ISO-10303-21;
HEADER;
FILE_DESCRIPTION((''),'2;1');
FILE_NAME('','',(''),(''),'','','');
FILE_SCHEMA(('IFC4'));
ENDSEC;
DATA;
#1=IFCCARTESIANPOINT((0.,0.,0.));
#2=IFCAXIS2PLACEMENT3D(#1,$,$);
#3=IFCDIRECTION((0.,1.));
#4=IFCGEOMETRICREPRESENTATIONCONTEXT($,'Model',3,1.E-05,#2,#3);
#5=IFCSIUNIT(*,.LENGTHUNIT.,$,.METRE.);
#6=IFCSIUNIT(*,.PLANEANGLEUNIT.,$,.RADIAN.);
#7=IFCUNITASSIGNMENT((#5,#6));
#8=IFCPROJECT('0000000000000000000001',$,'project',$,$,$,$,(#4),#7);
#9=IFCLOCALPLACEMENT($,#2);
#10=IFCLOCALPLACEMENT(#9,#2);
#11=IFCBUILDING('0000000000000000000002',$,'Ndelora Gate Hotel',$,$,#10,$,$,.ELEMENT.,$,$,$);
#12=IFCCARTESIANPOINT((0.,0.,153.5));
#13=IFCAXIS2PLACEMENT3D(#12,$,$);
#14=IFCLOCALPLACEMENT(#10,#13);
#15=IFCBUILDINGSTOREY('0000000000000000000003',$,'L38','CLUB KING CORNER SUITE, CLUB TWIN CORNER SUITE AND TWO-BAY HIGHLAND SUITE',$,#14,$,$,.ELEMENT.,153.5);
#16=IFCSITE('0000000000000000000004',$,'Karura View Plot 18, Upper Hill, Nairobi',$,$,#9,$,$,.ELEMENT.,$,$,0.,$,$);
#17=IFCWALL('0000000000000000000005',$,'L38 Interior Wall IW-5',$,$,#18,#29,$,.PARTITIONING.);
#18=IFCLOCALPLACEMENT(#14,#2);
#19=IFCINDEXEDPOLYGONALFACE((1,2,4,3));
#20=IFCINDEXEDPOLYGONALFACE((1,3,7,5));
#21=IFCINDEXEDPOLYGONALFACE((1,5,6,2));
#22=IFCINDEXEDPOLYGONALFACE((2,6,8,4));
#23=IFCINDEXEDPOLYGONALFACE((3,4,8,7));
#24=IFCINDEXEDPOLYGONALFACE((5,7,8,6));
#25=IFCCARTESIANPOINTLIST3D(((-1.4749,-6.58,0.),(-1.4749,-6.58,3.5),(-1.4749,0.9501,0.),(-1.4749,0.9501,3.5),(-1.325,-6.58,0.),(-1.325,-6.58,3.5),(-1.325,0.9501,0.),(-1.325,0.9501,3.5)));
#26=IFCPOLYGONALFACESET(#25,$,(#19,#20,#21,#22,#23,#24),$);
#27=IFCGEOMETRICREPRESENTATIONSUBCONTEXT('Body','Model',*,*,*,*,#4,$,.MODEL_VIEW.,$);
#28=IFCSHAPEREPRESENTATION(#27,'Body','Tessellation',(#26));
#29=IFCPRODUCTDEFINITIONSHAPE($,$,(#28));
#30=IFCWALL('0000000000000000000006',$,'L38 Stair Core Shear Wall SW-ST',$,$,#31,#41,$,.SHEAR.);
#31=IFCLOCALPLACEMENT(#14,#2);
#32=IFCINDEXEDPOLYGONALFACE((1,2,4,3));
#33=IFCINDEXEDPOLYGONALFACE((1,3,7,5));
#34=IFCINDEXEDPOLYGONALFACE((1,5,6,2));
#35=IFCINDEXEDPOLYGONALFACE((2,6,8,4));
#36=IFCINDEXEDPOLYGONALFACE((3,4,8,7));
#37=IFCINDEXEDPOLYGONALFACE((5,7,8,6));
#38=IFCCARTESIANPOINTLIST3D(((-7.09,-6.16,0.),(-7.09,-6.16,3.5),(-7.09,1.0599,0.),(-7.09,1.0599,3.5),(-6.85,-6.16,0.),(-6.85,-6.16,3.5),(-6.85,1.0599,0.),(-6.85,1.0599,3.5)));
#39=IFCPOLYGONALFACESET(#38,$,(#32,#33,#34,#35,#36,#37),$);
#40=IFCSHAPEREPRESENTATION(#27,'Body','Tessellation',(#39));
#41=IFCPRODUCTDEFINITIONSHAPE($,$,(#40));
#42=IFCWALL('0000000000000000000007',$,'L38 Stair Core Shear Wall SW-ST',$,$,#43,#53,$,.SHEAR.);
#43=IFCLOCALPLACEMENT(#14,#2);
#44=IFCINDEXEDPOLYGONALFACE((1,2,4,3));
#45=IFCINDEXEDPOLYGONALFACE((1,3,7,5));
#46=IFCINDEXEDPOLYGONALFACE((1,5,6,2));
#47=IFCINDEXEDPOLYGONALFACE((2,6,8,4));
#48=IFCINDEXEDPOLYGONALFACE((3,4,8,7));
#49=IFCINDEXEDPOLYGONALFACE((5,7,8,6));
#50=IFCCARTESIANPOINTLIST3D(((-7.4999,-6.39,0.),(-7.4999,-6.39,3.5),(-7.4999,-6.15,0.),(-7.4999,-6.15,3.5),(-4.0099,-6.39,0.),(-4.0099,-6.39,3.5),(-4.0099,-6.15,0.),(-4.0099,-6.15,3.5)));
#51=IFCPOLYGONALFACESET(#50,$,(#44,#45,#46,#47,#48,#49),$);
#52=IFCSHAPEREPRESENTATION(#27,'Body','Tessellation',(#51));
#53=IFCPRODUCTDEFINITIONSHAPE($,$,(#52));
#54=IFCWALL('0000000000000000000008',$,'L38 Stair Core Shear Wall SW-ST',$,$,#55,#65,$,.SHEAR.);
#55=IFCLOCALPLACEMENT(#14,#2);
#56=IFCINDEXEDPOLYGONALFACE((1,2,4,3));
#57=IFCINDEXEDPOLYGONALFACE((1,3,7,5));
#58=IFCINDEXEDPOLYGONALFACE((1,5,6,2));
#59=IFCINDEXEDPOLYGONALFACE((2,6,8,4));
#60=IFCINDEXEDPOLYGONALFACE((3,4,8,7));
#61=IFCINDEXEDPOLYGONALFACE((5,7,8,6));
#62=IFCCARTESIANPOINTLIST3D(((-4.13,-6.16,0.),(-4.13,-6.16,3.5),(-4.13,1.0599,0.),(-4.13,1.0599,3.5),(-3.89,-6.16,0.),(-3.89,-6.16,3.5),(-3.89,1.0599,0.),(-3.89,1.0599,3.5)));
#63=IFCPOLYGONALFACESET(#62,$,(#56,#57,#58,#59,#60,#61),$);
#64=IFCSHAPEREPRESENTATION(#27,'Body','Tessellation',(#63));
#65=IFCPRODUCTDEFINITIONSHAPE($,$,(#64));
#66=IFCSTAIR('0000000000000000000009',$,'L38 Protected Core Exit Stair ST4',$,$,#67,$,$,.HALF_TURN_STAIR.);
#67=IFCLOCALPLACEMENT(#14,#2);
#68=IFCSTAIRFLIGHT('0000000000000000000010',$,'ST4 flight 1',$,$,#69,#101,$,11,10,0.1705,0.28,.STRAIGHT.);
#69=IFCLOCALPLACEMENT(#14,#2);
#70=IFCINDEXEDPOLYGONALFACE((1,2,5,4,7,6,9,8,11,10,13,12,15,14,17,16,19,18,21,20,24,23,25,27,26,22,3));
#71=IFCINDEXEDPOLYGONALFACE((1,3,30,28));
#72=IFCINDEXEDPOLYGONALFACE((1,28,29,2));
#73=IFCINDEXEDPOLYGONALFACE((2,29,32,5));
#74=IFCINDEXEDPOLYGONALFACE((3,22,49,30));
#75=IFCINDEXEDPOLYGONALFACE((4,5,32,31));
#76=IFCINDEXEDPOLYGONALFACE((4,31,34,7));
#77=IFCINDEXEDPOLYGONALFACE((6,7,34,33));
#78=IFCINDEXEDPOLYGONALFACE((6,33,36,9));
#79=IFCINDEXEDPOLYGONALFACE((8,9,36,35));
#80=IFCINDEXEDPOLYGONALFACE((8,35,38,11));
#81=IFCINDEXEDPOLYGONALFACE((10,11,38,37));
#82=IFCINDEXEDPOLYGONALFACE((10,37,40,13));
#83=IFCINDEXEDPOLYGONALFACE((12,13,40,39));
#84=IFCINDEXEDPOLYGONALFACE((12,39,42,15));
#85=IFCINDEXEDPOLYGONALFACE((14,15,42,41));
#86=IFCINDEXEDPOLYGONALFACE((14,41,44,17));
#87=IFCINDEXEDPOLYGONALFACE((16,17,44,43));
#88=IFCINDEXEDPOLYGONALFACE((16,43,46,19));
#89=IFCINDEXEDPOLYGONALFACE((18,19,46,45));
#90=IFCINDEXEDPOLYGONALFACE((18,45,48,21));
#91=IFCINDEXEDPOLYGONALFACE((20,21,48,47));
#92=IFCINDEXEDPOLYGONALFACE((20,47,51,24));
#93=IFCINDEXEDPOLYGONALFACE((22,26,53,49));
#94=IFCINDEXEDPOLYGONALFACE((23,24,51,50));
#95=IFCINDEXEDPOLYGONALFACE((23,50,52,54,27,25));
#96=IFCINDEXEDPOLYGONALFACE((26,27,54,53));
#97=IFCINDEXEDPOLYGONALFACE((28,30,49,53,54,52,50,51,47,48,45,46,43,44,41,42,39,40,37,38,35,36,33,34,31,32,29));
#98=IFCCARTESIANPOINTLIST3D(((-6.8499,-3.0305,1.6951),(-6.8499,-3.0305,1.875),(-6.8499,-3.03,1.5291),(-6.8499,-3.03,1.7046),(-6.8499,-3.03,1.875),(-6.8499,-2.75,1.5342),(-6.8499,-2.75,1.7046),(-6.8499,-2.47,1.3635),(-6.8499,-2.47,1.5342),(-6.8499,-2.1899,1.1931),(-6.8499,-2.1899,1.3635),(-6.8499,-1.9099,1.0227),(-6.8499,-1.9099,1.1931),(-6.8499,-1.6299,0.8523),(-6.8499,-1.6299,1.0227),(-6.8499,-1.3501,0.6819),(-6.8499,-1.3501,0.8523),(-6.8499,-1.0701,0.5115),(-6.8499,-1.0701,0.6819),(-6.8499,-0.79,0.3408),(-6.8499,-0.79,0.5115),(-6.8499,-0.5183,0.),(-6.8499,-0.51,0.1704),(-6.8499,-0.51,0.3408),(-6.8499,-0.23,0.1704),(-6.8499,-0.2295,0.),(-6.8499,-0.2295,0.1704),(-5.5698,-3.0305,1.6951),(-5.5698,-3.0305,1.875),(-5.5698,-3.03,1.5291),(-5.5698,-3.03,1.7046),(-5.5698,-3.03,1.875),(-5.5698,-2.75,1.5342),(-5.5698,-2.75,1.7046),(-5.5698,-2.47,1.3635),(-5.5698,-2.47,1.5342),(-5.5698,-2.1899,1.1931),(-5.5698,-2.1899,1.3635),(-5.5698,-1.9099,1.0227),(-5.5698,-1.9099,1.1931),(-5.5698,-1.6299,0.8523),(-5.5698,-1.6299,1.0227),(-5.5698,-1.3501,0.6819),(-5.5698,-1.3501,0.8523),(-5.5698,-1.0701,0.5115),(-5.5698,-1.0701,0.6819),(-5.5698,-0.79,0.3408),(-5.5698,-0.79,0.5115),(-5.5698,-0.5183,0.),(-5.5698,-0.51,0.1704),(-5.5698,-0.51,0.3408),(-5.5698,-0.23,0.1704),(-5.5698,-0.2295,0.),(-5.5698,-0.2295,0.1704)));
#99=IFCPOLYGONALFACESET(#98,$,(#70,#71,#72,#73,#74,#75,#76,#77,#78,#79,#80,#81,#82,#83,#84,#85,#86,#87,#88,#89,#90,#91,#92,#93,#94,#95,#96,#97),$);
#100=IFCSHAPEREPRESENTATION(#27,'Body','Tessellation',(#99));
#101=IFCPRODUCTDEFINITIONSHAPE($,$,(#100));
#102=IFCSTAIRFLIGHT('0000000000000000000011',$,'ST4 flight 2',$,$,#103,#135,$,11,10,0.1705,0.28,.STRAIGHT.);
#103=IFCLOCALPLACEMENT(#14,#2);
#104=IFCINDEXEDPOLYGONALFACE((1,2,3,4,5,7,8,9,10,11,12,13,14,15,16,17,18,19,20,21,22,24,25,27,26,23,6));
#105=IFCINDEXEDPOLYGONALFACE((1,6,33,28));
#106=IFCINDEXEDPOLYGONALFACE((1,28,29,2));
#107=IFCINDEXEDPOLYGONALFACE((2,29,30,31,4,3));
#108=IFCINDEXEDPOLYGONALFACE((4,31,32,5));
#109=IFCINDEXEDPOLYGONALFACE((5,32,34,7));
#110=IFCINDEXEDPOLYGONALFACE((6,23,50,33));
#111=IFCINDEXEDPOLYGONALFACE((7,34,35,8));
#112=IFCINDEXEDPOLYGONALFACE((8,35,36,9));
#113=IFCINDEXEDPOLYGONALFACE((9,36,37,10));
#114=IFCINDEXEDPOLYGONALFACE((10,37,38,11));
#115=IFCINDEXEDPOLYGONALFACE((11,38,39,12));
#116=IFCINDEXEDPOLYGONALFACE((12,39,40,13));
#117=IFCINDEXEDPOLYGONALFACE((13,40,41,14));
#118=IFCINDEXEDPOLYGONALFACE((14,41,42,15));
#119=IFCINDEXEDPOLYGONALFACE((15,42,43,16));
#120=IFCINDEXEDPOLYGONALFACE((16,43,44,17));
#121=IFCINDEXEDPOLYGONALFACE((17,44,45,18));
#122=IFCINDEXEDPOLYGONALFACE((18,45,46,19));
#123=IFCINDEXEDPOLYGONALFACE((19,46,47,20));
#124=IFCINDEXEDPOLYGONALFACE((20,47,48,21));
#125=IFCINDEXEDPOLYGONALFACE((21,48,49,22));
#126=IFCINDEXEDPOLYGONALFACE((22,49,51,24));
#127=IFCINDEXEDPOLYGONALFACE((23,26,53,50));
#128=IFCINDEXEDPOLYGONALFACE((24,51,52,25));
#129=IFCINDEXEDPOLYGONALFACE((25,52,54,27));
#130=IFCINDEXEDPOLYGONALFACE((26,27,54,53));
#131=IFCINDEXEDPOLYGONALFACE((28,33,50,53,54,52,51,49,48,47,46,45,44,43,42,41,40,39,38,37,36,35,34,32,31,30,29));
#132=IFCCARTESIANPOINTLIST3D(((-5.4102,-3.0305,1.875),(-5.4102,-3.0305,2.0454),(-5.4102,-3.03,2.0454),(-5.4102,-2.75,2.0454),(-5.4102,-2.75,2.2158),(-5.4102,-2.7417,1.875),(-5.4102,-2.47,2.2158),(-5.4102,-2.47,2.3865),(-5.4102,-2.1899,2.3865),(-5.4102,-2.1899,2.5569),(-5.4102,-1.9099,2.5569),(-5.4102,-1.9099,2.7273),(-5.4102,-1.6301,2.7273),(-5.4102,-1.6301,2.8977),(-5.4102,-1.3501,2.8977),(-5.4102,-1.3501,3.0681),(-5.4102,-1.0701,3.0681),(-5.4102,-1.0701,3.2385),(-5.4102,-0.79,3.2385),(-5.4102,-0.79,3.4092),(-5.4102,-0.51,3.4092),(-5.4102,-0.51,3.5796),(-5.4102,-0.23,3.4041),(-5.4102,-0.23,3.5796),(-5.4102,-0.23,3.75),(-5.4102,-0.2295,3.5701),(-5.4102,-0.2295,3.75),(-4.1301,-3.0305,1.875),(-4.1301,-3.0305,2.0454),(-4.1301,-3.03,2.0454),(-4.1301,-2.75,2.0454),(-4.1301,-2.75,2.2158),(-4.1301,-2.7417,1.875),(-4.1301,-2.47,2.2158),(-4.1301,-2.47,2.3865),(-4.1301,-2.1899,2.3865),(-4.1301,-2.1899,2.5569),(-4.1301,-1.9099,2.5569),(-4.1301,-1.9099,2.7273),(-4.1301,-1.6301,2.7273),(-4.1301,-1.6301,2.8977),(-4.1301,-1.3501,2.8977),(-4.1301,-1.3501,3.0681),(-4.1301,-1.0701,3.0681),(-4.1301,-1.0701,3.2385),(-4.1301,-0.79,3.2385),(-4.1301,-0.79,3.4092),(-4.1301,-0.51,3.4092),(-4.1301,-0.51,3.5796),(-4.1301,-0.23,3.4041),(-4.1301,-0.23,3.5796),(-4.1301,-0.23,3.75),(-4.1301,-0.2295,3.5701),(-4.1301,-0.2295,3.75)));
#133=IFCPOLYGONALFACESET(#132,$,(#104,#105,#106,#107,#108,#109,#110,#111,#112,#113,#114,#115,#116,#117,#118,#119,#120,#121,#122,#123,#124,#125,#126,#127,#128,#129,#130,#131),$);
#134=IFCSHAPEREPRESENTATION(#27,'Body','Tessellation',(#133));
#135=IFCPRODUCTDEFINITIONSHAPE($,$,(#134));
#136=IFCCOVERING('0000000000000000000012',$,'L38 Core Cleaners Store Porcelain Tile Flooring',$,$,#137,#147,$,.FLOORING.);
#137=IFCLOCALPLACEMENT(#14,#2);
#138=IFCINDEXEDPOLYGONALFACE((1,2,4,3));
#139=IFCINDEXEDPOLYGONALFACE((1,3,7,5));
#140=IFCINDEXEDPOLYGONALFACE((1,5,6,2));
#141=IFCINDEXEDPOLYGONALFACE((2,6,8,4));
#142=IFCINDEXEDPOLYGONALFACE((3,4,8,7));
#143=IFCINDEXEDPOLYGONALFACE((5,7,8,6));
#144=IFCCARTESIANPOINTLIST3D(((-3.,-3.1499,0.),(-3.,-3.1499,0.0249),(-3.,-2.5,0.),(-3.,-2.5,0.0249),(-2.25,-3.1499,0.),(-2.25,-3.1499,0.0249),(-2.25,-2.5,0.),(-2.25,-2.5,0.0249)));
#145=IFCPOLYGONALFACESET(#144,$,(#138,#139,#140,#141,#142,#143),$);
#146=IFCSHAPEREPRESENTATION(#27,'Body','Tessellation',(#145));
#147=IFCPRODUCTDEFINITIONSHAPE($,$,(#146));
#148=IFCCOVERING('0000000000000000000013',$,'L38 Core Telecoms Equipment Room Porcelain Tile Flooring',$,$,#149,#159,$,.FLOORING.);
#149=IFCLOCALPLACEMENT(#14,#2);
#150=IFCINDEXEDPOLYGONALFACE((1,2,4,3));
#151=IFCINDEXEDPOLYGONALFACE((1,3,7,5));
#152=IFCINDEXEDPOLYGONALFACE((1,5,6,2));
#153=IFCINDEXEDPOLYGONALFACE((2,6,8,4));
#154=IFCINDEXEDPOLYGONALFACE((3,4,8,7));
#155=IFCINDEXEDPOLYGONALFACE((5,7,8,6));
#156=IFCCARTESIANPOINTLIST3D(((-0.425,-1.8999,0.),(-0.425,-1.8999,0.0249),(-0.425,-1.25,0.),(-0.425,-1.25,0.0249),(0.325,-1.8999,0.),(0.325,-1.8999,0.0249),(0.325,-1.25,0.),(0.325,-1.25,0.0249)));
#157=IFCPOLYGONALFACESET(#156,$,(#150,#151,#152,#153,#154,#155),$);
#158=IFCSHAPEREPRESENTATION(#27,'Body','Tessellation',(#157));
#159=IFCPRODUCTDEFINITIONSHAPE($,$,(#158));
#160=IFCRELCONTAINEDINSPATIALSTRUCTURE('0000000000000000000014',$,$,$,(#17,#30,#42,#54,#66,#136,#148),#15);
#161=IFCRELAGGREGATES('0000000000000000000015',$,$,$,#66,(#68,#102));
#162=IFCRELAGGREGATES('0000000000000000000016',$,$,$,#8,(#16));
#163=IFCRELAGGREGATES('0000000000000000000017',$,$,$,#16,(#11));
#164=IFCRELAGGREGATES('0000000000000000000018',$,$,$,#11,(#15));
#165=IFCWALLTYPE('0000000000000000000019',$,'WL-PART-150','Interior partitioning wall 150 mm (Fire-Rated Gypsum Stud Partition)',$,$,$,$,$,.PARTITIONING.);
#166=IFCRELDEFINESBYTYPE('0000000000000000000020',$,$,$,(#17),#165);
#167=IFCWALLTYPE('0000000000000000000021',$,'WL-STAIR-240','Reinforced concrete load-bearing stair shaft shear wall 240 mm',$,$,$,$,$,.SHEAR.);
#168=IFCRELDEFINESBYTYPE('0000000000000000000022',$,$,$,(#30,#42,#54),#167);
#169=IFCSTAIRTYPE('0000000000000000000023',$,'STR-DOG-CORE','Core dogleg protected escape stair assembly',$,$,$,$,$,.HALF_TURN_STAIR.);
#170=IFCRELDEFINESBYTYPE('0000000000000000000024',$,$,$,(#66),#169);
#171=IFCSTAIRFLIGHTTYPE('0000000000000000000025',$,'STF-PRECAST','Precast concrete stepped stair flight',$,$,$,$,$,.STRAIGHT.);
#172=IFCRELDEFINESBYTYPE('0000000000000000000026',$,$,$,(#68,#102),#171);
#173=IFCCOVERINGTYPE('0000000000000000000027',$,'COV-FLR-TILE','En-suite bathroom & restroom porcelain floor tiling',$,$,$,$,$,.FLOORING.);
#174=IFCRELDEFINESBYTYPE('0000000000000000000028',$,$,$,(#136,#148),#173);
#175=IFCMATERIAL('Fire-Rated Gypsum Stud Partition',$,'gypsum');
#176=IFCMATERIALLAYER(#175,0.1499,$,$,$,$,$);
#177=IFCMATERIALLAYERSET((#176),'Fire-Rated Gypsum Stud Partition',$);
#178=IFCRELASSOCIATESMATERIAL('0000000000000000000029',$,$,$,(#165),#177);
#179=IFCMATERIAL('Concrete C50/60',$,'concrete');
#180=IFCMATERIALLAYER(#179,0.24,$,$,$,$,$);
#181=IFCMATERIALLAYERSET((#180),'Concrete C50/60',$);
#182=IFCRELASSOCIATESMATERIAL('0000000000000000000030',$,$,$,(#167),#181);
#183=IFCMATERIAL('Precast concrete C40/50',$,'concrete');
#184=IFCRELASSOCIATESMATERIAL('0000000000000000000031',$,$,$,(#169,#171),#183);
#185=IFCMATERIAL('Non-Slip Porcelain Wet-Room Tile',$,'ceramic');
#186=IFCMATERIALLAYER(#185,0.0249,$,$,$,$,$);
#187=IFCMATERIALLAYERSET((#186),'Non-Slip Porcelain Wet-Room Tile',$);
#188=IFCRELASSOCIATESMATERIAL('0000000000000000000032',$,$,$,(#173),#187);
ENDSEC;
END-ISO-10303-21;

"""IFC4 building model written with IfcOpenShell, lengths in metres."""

from ifc_helpers import new_model, si_unit, direction, frame, frame_2d, origin, origin_2d, place, context, subcontext, project, spatial, polyline, rectangle, outline, extrude, material, layer, layer_set, type_object, element, aggregate, save


model = new_model("IFC4")

# Units and contexts
model_context = context("Model", 3, precision=1e-05, world=origin(), true_north=direction((0.0, 1.0)))
body_context = subcontext(model_context, "Body", "Model", "MODEL_VIEW")
ifc_project = project(units=[si_unit("LENGTHUNIT", "METRE"), si_unit("PLANEANGLEUNIT", "RADIAN")], contexts=[model_context])

# Site, building, storey
site_placement = place(None, origin())
site = spatial("IfcSite", under=ifc_project, at=site_placement, Name="Karura View Plot 18, Upper Hill, Nairobi", CompositionType="ELEMENT", RefElevation=0.0)
building_placement = place(site_placement, origin())
building = spatial("IfcBuilding", under=site, at=building_placement, Name="Ndelora Gate Hotel", CompositionType="ELEMENT")
storey_placement = place(building_placement, frame((0.0, 0.0, 153.5)))
storey = spatial("IfcBuildingStorey", under=building, at=storey_placement, Name="L38", Description="CLUB KING CORNER SUITE, CLUB TWIN CORNER SUITE AND TWO-BAY HIGHLAND SUITE", CompositionType="ELEMENT", Elevation=153.5)

# Walls
ifc_material_1 = material(Name="Fire-Rated Gypsum Stud Partition", Category="gypsum")
ifc_layer_1 = layer(ifc_material_1, 0.1499)
ifc_layer_set_1 = layer_set([ifc_layer_1], Name="Fire-Rated Gypsum Stud Partition")
wall_type_1 = type_object("IfcWallType", Name="WL-PART-150", Description="Interior partitioning wall 150 mm (Fire-Rated Gypsum Stud Partition)", PredefinedType="PARTITIONING", material=ifc_layer_set_1)
wall_1_placement = place(storey_placement, frame((-1.3999, -6.5801, 0.0), z_axis=(0.0, 0.0, 1.0), x_axis=(0.0, 1.0, 0.0)))
element("IfcWall", 1, at=wall_1_placement, inside=storey, type_object=wall_type_1, Name="L38 Interior Wall IW-5", PredefinedType="PARTITIONING", context=body_context, shape_type="SweptSolid", body=[
    extrude(rectangle(XDim=7.53, YDim=0.1499, at=frame_2d((3.7651, 0.0))), origin(), (0.0, 0.0, 1.0), 3.5),
])
ifc_material_2 = material(Name="Concrete C50/60", Category="concrete")
ifc_layer_2 = layer(ifc_material_2, 0.24)
ifc_layer_set_2 = layer_set([ifc_layer_2], Name="Concrete C50/60")
wall_type_2 = type_object("IfcWallType", Name="WL-STAIR-240", Description="Reinforced concrete load-bearing stair shaft shear wall 240 mm", PredefinedType="SHEAR", material=ifc_layer_set_2)
wall_2_placement = place(storey_placement, frame((-6.97, -6.1599, 0.0), z_axis=(0.0, 0.0, 1.0), x_axis=(0.0, 1.0, 0.0)))
element("IfcWall", 2, at=wall_2_placement, inside=storey, type_object=wall_type_2, Name="L38 Stair Core Shear Wall SW-ST", PredefinedType="SHEAR", context=body_context, shape_type="SweptSolid", body=[
    extrude(rectangle(XDim=7.22, YDim=0.24, at=frame_2d((3.6099, 0.0))), origin(), (0.0, 0.0, 1.0), 3.5),
])
wall_3_placement = place(storey_placement, frame((-7.5, -6.27, 0.0), z_axis=(0.0, 0.0, 1.0), x_axis=(1.0, 0.0, 0.0)))
element("IfcWall", 3, at=wall_3_placement, inside=storey, type_object=wall_type_2, Name="L38 Stair Core Shear Wall SW-ST", PredefinedType="SHEAR", context=body_context, shape_type="SweptSolid", body=[
    extrude(rectangle(XDim=3.49, YDim=0.24, at=frame_2d((1.7451, 0.0))), origin(), (0.0, 0.0, 1.0), 3.5),
])
wall_4_placement = place(storey_placement, frame((-4.01, -6.1599, 0.0), z_axis=(0.0, 0.0, 1.0), x_axis=(0.0, 1.0, 0.0)))
element("IfcWall", 4, at=wall_4_placement, inside=storey, type_object=wall_type_2, Name="L38 Stair Core Shear Wall SW-ST", PredefinedType="SHEAR", context=body_context, shape_type="SweptSolid", body=[
    extrude(rectangle(XDim=7.22, YDim=0.24, at=frame_2d((3.6099, 0.0))), origin(), (0.0, 0.0, 1.0), 3.5),
])

# Stair, stair flights
ifc_material_3 = material(Name="Precast concrete C40/50", Category="concrete")
stair_type = type_object("IfcStairType", Name="STR-DOG-CORE", Description="Core dogleg protected escape stair assembly", PredefinedType="HALF_TURN_STAIR", material=ifc_material_3)
stair_placement = place(storey_placement, origin())
stair = element("IfcStair", 5, at=stair_placement, inside=storey, type_object=stair_type, Name="L38 Protected Core Exit Stair ST4", PredefinedType="HALF_TURN_STAIR")
stair_flight_type = type_object("IfcStairFlightType", Name="STF-PRECAST", Description="Precast concrete stepped stair flight", PredefinedType="STRAIGHT", material=ifc_material_3)
stair_flight_1_placement = place(storey_placement, frame((-6.21, -0.23, 0.0), z_axis=(0.0, 0.0, 1.0), x_axis=(0.0, -1.0, 0.0)))
stair_flight_1 = element("IfcStairFlight", 6, at=stair_flight_1_placement, type_object=stair_flight_type, Name="ST4 flight 1", NumberOfRisers=11, NumberOfTreads=10, PredefinedType="STRAIGHT", RiserHeight=0.1705, TreadLength=0.28, context=body_context, shape_type="SweptSolid", body=[
    extrude(outline(polyline([(-0.0005, 0.0), (-0.0005, 0.1704), (0.0, 0.1704), (0.28, 0.1704), (0.28, 0.3408), (0.5601, 0.3408), (0.5601, 0.5115), (0.8401, 0.5115), (0.8401, 0.6819), (1.1201, 0.6819), (1.1201, 0.8523), (1.3999, 0.8523), (1.3999, 1.0227), (1.6799, 1.0227), (1.6799, 1.1931), (1.96, 1.1931), (1.96, 1.3635), (2.24, 1.3635), (2.24, 1.5342), (2.52, 1.5342), (2.52, 1.7046), (2.8, 1.7046), (2.8, 1.875), (2.8005, 1.875), (2.8005, 1.6951), (2.8, 1.5291), (0.2883, 0.0), (-0.0005, 0.0)])), frame((0.0, 0.6401, 0.0), z_axis=(0.0, -1.0, 0.0), x_axis=(1.0, 0.0, 0.0)), (0.0, 0.0, 1.0), 1.28),
])
stair_flight_2_placement = place(storey_placement, frame((-4.77, -3.03, 1.875), z_axis=(0.0, 0.0, 1.0), x_axis=(0.0, 1.0, 0.0)))
stair_flight_2 = element("IfcStairFlight", 7, at=stair_flight_2_placement, type_object=stair_flight_type, Name="ST4 flight 2", NumberOfRisers=11, NumberOfTreads=10, PredefinedType="STRAIGHT", RiserHeight=0.1705, TreadLength=0.28, context=body_context, shape_type="SweptSolid", body=[
    extrude(outline(polyline([(-0.0005, 0.0), (-0.0005, 0.1704), (0.0, 0.1704), (0.28, 0.1704), (0.28, 0.3408), (0.5601, 0.3408), (0.5601, 0.5115), (0.8401, 0.5115), (0.8401, 0.6819), (1.1201, 0.6819), (1.1201, 0.8523), (1.3999, 0.8523), (1.3999, 1.0227), (1.6799, 1.0227), (1.6799, 1.1931), (1.96, 1.1931), (1.96, 1.3635), (2.24, 1.3635), (2.24, 1.5342), (2.52, 1.5342), (2.52, 1.7046), (2.8, 1.7046), (2.8, 1.875), (2.8005, 1.875), (2.8005, 1.6951), (2.8, 1.5291), (0.2883, 0.0), (-0.0005, 0.0)])), frame((0.0, 0.6401, 0.0), z_axis=(0.0, -1.0, 0.0), x_axis=(1.0, 0.0, 0.0)), (0.0, 0.0, 1.0), 1.28),
])
aggregate(stair, [stair_flight_1, stair_flight_2])

# Coverings
ifc_material_4 = material(Name="Non-Slip Porcelain Wet-Room Tile", Category="ceramic")
ifc_layer_3 = layer(ifc_material_4, 0.0249)
ifc_layer_set_3 = layer_set([ifc_layer_3], Name="Non-Slip Porcelain Wet-Room Tile")
covering_type = type_object("IfcCoveringType", Name="COV-FLR-TILE", Description="En-suite bathroom & restroom porcelain floor tiling", PredefinedType="FLOORING", material=ifc_layer_set_3)
for number, where, z_axis, x_axis, name in (
    (8, (-2.625, -2.825, 0.0), (0.0, 0.0, 1.0), (1.0, 0.0, 0.0), "L38 Core Cleaners Store Porcelain Tile Flooring"),
    (9, (-0.05, -1.575, 0.0), (0.0, 0.0, 1.0), (1.0, 0.0, 0.0), "L38 Core Telecoms Equipment Room Porcelain Tile Flooring"),
):
    element("IfcCovering", number, at=place(storey_placement, frame(where, z_axis=z_axis, x_axis=x_axis)), inside=storey, type_object=covering_type, Name=name, PredefinedType="FLOORING", context=body_context, shape_type="SweptSolid", body=[
        extrude(rectangle(XDim=0.75, YDim=0.6499, at=origin_2d()), origin(), (0.0, 0.0, 1.0), 0.0249),
    ])

save(model, "model.ifc")
